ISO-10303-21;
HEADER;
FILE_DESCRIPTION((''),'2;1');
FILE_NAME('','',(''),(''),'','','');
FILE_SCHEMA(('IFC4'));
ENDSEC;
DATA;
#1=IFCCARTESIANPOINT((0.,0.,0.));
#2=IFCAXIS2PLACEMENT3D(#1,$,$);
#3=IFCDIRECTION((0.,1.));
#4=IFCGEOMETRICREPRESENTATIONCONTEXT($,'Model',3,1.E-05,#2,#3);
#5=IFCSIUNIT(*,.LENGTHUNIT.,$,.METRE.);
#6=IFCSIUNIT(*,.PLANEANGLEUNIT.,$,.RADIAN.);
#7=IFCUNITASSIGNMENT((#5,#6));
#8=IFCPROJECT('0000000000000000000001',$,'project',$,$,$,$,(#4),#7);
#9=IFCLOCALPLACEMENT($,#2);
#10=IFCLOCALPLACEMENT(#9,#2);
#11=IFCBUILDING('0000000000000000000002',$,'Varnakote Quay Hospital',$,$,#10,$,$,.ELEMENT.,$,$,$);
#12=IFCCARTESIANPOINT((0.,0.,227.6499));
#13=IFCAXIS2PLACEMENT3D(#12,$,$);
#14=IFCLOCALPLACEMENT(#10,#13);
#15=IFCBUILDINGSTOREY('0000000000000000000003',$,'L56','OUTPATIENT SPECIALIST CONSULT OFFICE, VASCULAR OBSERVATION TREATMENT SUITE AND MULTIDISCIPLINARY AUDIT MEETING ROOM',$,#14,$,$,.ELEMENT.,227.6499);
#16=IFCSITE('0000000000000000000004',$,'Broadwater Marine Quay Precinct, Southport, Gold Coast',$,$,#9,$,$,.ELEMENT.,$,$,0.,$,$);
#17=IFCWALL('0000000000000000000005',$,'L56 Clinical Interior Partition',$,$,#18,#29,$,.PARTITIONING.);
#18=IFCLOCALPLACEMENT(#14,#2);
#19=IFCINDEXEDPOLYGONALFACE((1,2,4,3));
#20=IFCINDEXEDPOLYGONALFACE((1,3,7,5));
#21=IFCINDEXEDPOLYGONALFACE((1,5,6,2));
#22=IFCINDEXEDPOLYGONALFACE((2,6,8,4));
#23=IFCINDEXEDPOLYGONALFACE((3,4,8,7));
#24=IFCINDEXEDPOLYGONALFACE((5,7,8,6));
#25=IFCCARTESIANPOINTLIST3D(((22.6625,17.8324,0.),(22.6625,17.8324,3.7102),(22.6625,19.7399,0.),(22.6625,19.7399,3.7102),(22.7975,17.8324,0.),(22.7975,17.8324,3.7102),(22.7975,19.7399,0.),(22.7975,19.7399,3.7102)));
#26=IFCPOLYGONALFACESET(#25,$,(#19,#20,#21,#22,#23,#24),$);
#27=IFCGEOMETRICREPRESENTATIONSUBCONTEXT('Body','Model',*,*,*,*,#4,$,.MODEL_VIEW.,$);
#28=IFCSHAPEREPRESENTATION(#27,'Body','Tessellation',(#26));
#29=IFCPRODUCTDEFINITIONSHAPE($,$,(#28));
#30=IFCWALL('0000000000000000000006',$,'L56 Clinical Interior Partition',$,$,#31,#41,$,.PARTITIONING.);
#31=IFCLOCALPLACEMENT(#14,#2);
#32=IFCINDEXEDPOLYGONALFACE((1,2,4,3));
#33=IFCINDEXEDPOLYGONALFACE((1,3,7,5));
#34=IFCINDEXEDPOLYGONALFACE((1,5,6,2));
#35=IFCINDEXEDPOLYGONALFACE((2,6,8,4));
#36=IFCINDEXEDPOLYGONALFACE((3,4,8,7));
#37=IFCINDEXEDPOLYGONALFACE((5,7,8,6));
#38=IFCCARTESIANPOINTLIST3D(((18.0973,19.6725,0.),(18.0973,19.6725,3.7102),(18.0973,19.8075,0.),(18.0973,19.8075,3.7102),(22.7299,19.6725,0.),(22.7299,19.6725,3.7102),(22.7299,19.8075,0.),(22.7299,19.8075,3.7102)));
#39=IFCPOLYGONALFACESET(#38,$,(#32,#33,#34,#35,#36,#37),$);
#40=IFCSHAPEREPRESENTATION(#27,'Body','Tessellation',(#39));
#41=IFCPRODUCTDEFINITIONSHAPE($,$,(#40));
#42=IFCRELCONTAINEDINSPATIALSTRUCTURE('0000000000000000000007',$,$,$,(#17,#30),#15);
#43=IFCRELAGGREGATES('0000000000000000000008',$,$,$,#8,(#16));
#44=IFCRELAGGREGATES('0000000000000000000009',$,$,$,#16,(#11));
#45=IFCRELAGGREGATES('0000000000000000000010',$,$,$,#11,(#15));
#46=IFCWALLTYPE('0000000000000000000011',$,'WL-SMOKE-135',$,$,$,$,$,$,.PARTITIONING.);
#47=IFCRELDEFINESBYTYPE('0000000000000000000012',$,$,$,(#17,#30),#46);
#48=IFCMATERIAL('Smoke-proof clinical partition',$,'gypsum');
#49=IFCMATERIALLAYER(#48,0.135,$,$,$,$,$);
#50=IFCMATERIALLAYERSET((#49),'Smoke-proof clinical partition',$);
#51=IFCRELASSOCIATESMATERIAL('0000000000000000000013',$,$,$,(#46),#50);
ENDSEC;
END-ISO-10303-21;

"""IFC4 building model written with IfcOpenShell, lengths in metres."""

from ifc_helpers import new_model, si_unit, direction, frame, frame_2d, origin, place, context, subcontext, project, spatial, rectangle, extrude, material, layer, layer_set, type_object, element, save


model = new_model("IFC4")

# Units and contexts
model_context = context("Model", 3, precision=1e-05, world=origin(), true_north=direction((0.0, 1.0)))
body_context = subcontext(model_context, "Body", "Model", "MODEL_VIEW")
ifc_project = project(units=[si_unit("LENGTHUNIT", "METRE"), si_unit("PLANEANGLEUNIT", "RADIAN")], contexts=[model_context])

# Site, building, storey
site_placement = place(None, origin())
site = spatial("IfcSite", under=ifc_project, at=site_placement, Name="Broadwater Marine Quay Precinct, Southport, Gold Coast", CompositionType="ELEMENT", RefElevation=0.0)
building_placement = place(site_placement, origin())
building = spatial("IfcBuilding", under=site, at=building_placement, Name="Varnakote Quay Hospital", CompositionType="ELEMENT")
storey_placement = place(building_placement, frame((0.0, 0.0, 227.6499)))
storey = spatial("IfcBuildingStorey", under=building, at=storey_placement, Name="L56", Description="OUTPATIENT SPECIALIST CONSULT OFFICE, VASCULAR OBSERVATION TREATMENT SUITE AND MULTIDISCIPLINARY AUDIT MEETING ROOM", CompositionType="ELEMENT", Elevation=227.6499)

# Walls
ifc_material_1 = material(Name="Smoke-proof clinical partition", Category="gypsum")
ifc_layer_1 = layer(ifc_material_1, 0.135)
ifc_layer_set_1 = layer_set([ifc_layer_1], Name="Smoke-proof clinical partition")
wall_type_1 = type_object("IfcWallType", Name="WL-SMOKE-135", PredefinedType="PARTITIONING", material=ifc_layer_set_1)
wall_1_placement = place(storey_placement, frame((22.73, 17.8325, 0.0), z_axis=(0.0, 0.0, 1.0), x_axis=(0.0, 1.0, 0.0)))
element("IfcWall", 1, at=wall_1_placement, inside=storey, type_object=wall_type_1, Name="L56 Clinical Interior Partition", PredefinedType="PARTITIONING", context=body_context, shape_type="SweptSolid", body=[
    extrude(rectangle(XDim=1.9075, YDim=0.135, at=frame_2d((0.9536, 0.0))), origin(), (0.0, 0.0, 1.0), 3.7102),
])
wall_2_placement = place(storey_placement, frame((22.73, 19.74, 0.0), z_axis=(0.0, 0.0, 1.0), x_axis=(-1.0, 0.0, 0.0)))
element("IfcWall", 2, at=wall_2_placement, inside=storey, type_object=wall_type_1, Name="L56 Clinical Interior Partition", PredefinedType="PARTITIONING", context=body_context, shape_type="SweptSolid", body=[
    extrude(rectangle(XDim=4.6326, YDim=0.135, at=frame_2d((2.3164, 0.0))), origin(), (0.0, 0.0, 1.0), 3.7102),
])

save(model, "model.ifc")
